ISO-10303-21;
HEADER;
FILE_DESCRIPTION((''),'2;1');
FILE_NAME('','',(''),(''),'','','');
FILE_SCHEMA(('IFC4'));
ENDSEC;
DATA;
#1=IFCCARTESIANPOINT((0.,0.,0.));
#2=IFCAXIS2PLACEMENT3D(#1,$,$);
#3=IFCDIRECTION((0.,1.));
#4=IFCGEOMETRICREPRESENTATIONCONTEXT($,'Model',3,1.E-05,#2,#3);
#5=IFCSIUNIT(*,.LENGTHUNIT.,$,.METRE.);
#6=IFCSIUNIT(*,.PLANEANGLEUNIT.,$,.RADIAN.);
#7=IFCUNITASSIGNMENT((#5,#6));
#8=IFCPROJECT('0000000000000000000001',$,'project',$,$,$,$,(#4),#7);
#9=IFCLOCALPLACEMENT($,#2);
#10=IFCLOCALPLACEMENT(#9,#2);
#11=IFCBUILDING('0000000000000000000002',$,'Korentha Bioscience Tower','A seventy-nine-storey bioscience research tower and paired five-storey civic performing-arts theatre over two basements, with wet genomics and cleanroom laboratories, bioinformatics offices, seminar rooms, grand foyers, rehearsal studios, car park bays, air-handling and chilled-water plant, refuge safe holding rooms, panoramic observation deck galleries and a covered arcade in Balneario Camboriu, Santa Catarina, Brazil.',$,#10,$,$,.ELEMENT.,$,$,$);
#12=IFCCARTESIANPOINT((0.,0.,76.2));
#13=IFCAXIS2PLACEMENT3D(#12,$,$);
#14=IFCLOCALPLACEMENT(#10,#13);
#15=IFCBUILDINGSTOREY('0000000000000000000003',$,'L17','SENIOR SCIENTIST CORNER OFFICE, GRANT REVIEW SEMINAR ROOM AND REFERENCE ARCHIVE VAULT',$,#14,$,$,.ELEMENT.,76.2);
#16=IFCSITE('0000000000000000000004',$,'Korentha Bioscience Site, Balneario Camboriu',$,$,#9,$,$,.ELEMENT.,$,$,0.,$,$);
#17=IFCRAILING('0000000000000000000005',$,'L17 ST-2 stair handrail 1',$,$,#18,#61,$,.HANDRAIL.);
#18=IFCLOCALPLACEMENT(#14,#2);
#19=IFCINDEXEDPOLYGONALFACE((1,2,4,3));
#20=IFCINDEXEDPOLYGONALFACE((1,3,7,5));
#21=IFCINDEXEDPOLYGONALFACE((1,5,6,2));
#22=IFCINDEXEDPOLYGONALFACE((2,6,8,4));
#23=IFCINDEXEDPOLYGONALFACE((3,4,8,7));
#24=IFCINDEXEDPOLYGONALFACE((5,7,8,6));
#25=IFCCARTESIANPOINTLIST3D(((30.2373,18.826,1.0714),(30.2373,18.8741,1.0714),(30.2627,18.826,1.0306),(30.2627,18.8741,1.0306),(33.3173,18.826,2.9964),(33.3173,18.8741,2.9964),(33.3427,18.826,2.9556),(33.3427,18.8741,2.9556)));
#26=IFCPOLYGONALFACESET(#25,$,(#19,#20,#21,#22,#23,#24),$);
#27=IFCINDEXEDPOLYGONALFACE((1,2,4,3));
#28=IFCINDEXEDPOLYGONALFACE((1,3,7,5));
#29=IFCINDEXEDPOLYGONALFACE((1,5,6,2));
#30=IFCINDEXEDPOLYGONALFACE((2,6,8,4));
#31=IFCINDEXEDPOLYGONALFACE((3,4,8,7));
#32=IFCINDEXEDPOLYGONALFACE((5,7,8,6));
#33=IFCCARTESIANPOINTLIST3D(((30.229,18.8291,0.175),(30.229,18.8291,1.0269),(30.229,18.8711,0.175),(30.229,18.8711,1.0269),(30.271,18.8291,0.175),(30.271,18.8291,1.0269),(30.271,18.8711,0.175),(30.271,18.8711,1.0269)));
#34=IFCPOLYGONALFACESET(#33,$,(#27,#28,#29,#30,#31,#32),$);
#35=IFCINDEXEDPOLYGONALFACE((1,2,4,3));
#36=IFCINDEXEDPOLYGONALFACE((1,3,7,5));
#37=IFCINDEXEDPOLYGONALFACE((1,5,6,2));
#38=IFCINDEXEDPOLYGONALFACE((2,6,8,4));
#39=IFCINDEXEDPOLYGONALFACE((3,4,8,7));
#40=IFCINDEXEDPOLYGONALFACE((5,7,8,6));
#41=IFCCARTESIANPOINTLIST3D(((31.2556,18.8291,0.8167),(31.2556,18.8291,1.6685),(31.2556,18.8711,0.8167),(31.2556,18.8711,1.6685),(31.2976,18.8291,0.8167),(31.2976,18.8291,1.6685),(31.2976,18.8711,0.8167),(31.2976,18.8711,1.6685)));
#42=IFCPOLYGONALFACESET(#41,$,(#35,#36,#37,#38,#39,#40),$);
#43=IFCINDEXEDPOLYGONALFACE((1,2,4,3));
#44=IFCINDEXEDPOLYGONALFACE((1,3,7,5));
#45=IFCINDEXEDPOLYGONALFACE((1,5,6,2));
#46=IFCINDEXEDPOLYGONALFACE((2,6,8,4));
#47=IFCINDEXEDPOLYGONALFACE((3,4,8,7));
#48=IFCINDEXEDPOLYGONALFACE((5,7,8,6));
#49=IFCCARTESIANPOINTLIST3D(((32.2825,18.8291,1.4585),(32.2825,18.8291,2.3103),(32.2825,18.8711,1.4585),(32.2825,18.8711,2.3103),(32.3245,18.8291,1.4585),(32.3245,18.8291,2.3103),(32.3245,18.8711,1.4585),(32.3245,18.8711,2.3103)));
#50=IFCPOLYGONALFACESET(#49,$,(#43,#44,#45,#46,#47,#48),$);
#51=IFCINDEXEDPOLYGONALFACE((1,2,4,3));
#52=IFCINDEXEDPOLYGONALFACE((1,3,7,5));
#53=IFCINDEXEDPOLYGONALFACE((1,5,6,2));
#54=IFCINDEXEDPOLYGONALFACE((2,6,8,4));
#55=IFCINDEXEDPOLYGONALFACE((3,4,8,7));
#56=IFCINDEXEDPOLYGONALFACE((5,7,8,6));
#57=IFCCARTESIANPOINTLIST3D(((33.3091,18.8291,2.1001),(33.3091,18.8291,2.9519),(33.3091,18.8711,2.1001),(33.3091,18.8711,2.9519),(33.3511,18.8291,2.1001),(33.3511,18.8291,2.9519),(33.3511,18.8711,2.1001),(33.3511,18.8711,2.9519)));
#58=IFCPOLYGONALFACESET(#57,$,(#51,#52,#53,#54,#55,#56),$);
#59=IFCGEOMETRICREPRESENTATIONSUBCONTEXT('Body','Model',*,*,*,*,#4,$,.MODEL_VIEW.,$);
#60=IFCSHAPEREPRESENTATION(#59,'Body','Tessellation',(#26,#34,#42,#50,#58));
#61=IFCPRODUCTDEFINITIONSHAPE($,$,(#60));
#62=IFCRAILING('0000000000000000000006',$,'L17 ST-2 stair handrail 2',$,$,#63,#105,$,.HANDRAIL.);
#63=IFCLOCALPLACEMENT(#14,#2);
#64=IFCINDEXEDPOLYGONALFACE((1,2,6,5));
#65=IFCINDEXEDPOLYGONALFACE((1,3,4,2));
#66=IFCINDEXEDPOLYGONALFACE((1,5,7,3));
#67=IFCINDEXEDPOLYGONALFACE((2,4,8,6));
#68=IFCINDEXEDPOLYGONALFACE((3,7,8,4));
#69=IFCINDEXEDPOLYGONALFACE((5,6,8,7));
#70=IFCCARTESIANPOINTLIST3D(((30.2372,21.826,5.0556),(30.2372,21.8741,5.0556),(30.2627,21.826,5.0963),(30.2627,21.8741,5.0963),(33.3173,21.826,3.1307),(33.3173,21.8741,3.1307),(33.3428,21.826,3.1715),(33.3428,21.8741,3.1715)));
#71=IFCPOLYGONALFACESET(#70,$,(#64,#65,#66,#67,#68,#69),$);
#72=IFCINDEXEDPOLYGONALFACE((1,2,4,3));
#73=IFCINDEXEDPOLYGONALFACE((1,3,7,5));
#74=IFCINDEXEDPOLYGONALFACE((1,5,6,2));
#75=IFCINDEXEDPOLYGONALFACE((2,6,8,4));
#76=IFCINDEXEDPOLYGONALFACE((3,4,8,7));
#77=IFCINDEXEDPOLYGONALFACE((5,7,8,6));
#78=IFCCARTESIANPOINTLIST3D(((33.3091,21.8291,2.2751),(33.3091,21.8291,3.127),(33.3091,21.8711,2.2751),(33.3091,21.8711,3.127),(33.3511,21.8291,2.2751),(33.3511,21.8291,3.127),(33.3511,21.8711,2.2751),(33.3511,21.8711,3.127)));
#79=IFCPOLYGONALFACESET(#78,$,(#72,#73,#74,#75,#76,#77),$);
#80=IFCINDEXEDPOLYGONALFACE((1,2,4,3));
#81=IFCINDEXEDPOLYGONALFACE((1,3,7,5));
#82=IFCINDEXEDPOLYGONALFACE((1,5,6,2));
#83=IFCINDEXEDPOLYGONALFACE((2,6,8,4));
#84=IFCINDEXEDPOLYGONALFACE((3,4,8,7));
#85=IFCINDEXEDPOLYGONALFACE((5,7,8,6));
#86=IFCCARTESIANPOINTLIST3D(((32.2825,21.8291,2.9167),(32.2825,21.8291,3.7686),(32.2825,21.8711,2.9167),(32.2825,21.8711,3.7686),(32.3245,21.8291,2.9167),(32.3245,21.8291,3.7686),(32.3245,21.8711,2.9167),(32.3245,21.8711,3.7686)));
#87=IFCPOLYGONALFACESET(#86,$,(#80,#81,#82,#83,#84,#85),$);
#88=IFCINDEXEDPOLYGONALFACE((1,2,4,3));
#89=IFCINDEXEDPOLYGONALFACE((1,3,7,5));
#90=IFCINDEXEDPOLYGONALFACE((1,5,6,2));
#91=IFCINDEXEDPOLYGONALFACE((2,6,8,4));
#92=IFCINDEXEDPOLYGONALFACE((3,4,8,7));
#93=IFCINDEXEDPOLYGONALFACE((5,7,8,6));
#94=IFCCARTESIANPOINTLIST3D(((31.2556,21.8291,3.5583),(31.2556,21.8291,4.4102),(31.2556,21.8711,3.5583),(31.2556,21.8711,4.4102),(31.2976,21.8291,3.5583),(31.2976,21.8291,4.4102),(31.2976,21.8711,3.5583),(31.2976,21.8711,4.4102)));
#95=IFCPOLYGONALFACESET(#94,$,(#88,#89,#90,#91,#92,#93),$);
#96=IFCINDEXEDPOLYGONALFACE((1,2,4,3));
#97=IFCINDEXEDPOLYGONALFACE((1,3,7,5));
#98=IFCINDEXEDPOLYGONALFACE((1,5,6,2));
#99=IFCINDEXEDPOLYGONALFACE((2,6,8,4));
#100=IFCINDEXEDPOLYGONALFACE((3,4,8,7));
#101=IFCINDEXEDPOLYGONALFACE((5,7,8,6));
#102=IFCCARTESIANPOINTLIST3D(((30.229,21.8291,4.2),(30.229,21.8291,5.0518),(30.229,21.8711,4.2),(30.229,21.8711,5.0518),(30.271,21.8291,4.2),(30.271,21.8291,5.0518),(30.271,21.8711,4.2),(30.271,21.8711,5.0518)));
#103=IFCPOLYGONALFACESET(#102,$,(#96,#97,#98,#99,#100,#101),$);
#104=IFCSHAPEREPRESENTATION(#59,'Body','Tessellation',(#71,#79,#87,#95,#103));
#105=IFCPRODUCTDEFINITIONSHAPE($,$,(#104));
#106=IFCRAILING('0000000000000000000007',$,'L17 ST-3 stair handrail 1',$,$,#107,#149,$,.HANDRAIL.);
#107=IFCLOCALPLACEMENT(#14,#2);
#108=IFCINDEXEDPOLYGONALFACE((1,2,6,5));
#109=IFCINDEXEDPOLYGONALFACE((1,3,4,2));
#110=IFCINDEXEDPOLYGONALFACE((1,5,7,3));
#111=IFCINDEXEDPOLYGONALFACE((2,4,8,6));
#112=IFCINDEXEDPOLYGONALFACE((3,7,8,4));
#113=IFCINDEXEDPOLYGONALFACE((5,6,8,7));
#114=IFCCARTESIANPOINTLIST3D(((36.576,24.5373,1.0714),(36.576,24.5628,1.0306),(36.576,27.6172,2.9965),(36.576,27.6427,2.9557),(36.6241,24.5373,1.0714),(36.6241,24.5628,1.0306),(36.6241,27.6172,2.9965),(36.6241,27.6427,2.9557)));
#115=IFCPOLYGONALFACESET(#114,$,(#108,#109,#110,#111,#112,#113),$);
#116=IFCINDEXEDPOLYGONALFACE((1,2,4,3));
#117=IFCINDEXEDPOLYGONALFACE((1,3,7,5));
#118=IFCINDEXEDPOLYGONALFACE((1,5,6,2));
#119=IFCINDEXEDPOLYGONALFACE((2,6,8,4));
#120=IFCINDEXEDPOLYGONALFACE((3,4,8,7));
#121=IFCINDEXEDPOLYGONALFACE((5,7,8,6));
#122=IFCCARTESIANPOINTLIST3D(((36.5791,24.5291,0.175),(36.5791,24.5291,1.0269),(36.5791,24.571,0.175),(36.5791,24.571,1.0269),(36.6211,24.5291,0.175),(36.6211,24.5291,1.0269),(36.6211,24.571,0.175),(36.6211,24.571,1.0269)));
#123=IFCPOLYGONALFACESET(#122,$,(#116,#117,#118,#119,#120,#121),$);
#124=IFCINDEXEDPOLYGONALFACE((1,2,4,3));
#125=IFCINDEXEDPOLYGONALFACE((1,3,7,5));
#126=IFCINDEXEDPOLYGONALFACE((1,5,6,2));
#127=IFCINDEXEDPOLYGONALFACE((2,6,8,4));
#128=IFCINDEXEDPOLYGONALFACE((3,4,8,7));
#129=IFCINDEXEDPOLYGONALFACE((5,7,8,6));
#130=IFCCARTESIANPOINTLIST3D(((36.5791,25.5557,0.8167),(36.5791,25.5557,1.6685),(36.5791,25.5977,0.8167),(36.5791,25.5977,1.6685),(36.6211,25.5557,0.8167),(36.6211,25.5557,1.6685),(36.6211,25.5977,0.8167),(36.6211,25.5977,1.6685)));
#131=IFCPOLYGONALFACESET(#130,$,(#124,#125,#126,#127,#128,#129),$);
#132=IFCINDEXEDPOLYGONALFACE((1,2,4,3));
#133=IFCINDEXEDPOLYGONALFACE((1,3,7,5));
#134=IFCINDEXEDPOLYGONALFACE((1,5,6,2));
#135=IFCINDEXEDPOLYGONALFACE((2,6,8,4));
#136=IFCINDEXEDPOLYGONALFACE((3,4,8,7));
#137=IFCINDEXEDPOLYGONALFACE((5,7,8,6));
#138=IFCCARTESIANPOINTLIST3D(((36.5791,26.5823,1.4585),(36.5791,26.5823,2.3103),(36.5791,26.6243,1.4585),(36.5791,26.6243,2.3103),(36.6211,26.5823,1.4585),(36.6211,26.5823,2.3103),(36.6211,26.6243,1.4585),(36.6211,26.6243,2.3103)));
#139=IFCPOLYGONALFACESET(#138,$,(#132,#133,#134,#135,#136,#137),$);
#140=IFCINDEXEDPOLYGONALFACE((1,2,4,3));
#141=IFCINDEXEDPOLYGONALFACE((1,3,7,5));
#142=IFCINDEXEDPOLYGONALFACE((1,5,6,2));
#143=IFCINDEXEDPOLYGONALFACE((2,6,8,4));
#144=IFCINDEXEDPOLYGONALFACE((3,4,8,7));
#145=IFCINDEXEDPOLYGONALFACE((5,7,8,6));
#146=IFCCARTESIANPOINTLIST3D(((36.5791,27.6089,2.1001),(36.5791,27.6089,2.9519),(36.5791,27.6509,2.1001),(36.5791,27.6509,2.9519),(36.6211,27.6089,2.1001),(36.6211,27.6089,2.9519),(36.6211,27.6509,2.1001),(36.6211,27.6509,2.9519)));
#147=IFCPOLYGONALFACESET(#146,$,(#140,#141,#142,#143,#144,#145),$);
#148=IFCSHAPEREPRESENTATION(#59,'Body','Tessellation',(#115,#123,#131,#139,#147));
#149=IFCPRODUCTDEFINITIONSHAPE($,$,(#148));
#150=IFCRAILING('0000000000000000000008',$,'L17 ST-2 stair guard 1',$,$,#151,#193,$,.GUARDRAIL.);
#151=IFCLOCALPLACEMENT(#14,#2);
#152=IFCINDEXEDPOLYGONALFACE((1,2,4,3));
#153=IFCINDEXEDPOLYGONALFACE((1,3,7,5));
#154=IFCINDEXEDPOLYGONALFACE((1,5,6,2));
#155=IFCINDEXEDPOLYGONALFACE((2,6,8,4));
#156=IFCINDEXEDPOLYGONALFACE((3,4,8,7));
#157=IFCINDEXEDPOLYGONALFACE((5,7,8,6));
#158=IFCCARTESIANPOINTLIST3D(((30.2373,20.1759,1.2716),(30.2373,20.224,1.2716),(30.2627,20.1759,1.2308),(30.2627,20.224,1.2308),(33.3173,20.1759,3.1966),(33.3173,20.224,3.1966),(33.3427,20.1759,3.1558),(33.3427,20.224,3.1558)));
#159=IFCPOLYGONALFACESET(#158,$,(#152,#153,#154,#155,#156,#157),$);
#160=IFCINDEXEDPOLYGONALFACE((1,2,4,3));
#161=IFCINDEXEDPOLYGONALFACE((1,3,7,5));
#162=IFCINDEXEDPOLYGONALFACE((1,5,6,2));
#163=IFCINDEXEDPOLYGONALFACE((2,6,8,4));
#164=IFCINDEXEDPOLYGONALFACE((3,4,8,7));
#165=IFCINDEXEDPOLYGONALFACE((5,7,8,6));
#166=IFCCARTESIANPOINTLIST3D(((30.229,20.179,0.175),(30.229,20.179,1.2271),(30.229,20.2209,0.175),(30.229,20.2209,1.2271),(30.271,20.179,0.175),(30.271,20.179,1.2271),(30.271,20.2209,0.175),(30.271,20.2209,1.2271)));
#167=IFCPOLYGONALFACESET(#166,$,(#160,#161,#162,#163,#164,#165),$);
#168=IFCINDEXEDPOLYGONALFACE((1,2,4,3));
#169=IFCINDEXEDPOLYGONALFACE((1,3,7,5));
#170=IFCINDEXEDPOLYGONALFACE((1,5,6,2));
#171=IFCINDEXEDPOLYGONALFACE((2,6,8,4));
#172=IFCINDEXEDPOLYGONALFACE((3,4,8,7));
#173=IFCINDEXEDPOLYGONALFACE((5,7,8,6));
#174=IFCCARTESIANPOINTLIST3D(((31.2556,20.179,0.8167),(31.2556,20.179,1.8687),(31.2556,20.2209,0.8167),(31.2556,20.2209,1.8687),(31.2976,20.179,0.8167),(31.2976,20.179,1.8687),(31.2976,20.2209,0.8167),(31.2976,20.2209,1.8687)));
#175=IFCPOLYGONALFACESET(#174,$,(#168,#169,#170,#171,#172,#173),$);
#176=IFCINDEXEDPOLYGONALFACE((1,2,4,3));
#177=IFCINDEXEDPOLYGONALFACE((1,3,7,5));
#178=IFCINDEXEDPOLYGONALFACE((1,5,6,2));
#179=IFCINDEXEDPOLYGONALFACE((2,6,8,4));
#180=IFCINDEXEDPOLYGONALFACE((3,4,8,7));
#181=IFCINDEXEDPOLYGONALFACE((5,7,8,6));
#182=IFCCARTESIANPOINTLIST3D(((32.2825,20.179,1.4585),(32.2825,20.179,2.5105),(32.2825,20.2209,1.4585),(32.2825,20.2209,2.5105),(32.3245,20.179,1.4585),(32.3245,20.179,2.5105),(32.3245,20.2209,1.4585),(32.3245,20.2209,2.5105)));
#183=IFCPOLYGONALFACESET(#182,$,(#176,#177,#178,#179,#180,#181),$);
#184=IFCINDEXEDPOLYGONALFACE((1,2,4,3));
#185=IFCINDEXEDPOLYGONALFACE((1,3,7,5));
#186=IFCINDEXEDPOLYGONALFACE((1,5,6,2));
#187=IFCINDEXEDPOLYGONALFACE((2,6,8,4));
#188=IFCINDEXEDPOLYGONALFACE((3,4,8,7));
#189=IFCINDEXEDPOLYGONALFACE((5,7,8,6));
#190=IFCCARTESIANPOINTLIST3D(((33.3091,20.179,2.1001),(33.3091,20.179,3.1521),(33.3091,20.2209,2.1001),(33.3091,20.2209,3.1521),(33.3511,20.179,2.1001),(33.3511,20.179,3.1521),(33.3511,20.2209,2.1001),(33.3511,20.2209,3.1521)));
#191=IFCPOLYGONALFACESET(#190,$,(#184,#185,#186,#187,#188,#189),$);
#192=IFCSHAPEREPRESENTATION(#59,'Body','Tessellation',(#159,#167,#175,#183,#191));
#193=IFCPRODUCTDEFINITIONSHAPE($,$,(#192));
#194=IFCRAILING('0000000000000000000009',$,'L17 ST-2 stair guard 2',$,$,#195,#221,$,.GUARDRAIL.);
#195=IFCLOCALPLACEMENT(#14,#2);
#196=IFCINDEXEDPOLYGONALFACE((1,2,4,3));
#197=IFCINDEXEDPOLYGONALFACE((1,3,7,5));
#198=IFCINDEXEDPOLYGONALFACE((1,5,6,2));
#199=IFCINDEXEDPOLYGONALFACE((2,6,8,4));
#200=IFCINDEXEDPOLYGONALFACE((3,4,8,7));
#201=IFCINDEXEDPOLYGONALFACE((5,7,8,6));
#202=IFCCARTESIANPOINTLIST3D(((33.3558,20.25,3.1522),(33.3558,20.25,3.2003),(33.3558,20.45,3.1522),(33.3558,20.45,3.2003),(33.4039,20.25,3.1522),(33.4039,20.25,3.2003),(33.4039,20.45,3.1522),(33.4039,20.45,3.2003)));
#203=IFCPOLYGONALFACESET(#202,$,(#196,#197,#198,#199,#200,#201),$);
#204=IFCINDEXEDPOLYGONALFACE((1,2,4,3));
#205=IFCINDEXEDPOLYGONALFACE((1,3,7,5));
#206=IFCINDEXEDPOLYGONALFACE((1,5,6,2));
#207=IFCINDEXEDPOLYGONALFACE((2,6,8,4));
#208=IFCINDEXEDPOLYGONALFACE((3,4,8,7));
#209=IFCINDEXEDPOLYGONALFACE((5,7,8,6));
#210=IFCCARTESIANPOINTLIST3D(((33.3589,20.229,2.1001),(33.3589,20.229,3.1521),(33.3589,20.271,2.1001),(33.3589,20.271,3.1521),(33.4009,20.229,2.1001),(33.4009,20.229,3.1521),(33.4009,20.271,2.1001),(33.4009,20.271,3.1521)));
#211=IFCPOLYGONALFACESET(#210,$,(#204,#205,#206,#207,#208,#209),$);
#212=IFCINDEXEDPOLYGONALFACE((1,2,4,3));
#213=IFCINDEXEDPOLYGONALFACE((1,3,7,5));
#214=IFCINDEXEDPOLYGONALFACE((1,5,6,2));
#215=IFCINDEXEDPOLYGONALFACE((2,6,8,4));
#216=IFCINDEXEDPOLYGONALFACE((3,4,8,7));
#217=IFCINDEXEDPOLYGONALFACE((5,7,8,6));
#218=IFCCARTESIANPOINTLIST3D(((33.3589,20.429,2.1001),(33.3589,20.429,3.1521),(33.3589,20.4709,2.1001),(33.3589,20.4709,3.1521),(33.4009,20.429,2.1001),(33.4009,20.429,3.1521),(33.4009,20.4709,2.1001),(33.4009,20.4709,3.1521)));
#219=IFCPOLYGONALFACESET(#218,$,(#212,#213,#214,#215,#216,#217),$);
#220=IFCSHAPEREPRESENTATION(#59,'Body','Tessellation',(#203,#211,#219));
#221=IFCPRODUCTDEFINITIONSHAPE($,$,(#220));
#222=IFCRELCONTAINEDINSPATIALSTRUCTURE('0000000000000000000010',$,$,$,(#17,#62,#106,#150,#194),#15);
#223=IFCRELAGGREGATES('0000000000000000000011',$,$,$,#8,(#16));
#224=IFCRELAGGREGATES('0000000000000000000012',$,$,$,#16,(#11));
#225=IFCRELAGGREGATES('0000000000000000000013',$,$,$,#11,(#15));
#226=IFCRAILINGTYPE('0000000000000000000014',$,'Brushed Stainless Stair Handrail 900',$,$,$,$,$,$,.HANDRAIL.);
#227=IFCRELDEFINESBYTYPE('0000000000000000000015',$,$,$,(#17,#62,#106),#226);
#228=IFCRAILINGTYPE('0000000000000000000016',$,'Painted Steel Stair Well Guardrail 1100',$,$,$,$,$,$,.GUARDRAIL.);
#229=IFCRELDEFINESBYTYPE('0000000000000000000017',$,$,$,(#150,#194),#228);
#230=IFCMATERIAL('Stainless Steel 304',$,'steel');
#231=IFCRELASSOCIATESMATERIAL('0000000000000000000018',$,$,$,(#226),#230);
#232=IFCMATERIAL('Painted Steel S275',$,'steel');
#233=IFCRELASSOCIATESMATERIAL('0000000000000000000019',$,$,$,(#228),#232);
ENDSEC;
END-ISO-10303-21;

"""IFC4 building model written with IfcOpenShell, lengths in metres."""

from ifc_helpers import new_model, si_unit, direction, frame, origin, origin_2d, place, context, subcontext, project, spatial, rectangle, extrude, material, type_object, element, save


model = new_model("IFC4")

# Units and contexts
model_context = context("Model", 3, precision=1e-05, world=origin(), true_north=direction((0.0, 1.0)))
body_context = subcontext(model_context, "Body", "Model", "MODEL_VIEW")
ifc_project = project(units=[si_unit("LENGTHUNIT", "METRE"), si_unit("PLANEANGLEUNIT", "RADIAN")], contexts=[model_context])

# Site, building, storey
site_placement = place(None, origin())
site = spatial("IfcSite", under=ifc_project, at=site_placement, Name="Korentha Bioscience Site, Balneario Camboriu", CompositionType="ELEMENT", RefElevation=0.0)
building_placement = place(site_placement, origin())
building = spatial("IfcBuilding", under=site, at=building_placement, Name="Korentha Bioscience Tower", Description="A seventy-nine-storey bioscience research tower and paired five-storey civic performing-arts theatre over two basements, with wet genomics and cleanroom laboratories, bioinformatics offices, seminar rooms, grand foyers, rehearsal studios, car park bays, air-handling and chilled-water plant, refuge safe holding rooms, panoramic observation deck galleries and a covered arcade in Balneario Camboriu, Santa Catarina, Brazil.", CompositionType="ELEMENT")
storey_placement = place(building_placement, frame((0.0, 0.0, 76.2)))
storey = spatial("IfcBuildingStorey", under=building, at=storey_placement, Name="L17", Description="SENIOR SCIENTIST CORNER OFFICE, GRANT REVIEW SEMINAR ROOM AND REFERENCE ARCHIVE VAULT", CompositionType="ELEMENT", Elevation=76.2)

# Railings
ifc_material_1 = material(Name="Stainless Steel 304", Category="steel")
railing_type_1 = type_object("IfcRailingType", Name="Brushed Stainless Stair Handrail 900", PredefinedType="HANDRAIL", material=ifc_material_1)
railing_1_placement = place(storey_placement, frame((30.25, 18.8501, 0.175)))
element("IfcRailing", 1, at=railing_1_placement, inside=storey, type_object=railing_type_1, Name="L17 ST-2 stair handrail 1", PredefinedType="HANDRAIL", context=body_context, shape_type="SweptSolid", body=[
    extrude(rectangle(XDim=0.0481, YDim=0.0481, at=origin_2d()), frame((0.0, 0.0, 0.876), z_axis=(0.847998, 0.0, 0.529999), x_axis=(0.0, 1.0, 0.0)), (0.0, 0.0, 1.0), 3.6321),
    extrude(rectangle(XDim=0.042, YDim=0.042, at=origin_2d()), origin(), (0.0, 0.0, 1.0), 0.8518),
    extrude(rectangle(XDim=0.042, YDim=0.042, at=origin_2d()), frame((1.0266, 0.0, 0.6416)), (0.0, 0.0, 1.0), 0.8518),
    extrude(rectangle(XDim=0.042, YDim=0.042, at=origin_2d()), frame((2.0535, 0.0, 1.2834)), (0.0, 0.0, 1.0), 0.8518),
    extrude(rectangle(XDim=0.042, YDim=0.042, at=origin_2d()), frame((3.0801, 0.0, 1.925)), (0.0, 0.0, 1.0), 0.8518),
])
railing_2_placement = place(storey_placement, frame((33.3301, 21.8501, 2.2751)))
element("IfcRailing", 2, at=railing_2_placement, inside=storey, type_object=railing_type_1, Name="L17 ST-2 stair handrail 2", PredefinedType="HANDRAIL", context=body_context, shape_type="SweptSolid", body=[
    extrude(rectangle(XDim=0.0481, YDim=0.0481, at=origin_2d()), frame((0.0, 0.0, 0.876), z_axis=(-0.848029, 0.0, 0.529951), x_axis=(0.0, -1.0, 0.0)), (0.0, 0.0, 1.0), 3.6321),
    extrude(rectangle(XDim=0.042, YDim=0.042, at=origin_2d()), origin(), (0.0, 0.0, 1.0), 0.8518),
    extrude(rectangle(XDim=0.042, YDim=0.042, at=origin_2d()), frame((-1.0266, 0.0, 0.6416)), (0.0, 0.0, 1.0), 0.8518),
    extrude(rectangle(XDim=0.042, YDim=0.042, at=origin_2d()), frame((-2.0535, 0.0, 1.2832)), (0.0, 0.0, 1.0), 0.8518),
    extrude(rectangle(XDim=0.042, YDim=0.042, at=origin_2d()), frame((-3.0801, 0.0, 1.9248)), (0.0, 0.0, 1.0), 0.8518),
])
railing_3_placement = place(storey_placement, frame((36.6001, 24.55, 0.175)))
element("IfcRailing", 3, at=railing_3_placement, inside=storey, type_object=railing_type_1, Name="L17 ST-3 stair handrail 1", PredefinedType="HANDRAIL", context=body_context, shape_type="SweptSolid", body=[
    extrude(rectangle(XDim=0.0481, YDim=0.0481, at=origin_2d()), frame((0.0, 0.0, 0.876), z_axis=(0.0, 0.847979, 0.530029), x_axis=(-1.0, 0.0, 0.0)), (0.0, 0.0, 1.0), 3.6321),
    extrude(rectangle(XDim=0.042, YDim=0.042, at=origin_2d()), origin(), (0.0, 0.0, 1.0), 0.8518),
    extrude(rectangle(XDim=0.042, YDim=0.042, at=origin_2d()), frame((0.0, 1.0266, 0.6416)), (0.0, 0.0, 1.0), 0.8518),
    extrude(rectangle(XDim=0.042, YDim=0.042, at=origin_2d()), frame((0.0, 2.0532, 1.2834)), (0.0, 0.0, 1.0), 0.8518),
    extrude(rectangle(XDim=0.042, YDim=0.042, at=origin_2d()), frame((0.0, 3.0798, 1.925)), (0.0, 0.0, 1.0), 0.8518),
])
ifc_material_2 = material(Name="Painted Steel S275", Category="steel")
railing_type_2 = type_object("IfcRailingType", Name="Painted Steel Stair Well Guardrail 1100", PredefinedType="GUARDRAIL", material=ifc_material_2)
railing_4_placement = place(storey_placement, frame((30.25, 20.2, 0.175)))
element("IfcRailing", 4, at=railing_4_placement, inside=storey, type_object=railing_type_2, Name="L17 ST-2 stair guard 1", PredefinedType="GUARDRAIL", context=body_context, shape_type="SweptSolid", body=[
    extrude(rectangle(XDim=0.0481, YDim=0.0481, at=origin_2d()), frame((0.0, 0.0, 1.0762), z_axis=(0.847998, 0.0, 0.529999), x_axis=(0.0, 1.0, 0.0)), (0.0, 0.0, 1.0), 3.6321),
    extrude(rectangle(XDim=0.042, YDim=0.042, at=origin_2d()), origin(), (0.0, 0.0, 1.0), 1.052),
    extrude(rectangle(XDim=0.042, YDim=0.042, at=origin_2d()), frame((1.0266, 0.0, 0.6416)), (0.0, 0.0, 1.0), 1.052),
    extrude(rectangle(XDim=0.042, YDim=0.042, at=origin_2d()), frame((2.0535, 0.0, 1.2834)), (0.0, 0.0, 1.0), 1.052),
    extrude(rectangle(XDim=0.042, YDim=0.042, at=origin_2d()), frame((3.0801, 0.0, 1.925)), (0.0, 0.0, 1.0), 1.052),
])
railing_5_placement = place(storey_placement, frame((33.3799, 20.25, 2.1001)))
element("IfcRailing", 5, at=railing_5_placement, inside=storey, type_object=railing_type_2, Name="L17 ST-2 stair guard 2", PredefinedType="GUARDRAIL", context=body_context, shape_type="SweptSolid", body=[
    extrude(rectangle(XDim=0.0481, YDim=0.0481, at=origin_2d()), frame((0.0, 0.0, 1.0762), z_axis=(0.0, 1.0, 0.0), x_axis=(-1.0, 0.0, 0.0)), (0.0, 0.0, 1.0), 0.2),
    extrude(rectangle(XDim=0.042, YDim=0.042, at=origin_2d()), origin(), (0.0, 0.0, 1.0), 1.052),
    extrude(rectangle(XDim=0.042, YDim=0.042, at=origin_2d()), frame((0.0, 0.2, 0.0)), (0.0, 0.0, 1.0), 1.052),
])

save(model, "model.ifc")
